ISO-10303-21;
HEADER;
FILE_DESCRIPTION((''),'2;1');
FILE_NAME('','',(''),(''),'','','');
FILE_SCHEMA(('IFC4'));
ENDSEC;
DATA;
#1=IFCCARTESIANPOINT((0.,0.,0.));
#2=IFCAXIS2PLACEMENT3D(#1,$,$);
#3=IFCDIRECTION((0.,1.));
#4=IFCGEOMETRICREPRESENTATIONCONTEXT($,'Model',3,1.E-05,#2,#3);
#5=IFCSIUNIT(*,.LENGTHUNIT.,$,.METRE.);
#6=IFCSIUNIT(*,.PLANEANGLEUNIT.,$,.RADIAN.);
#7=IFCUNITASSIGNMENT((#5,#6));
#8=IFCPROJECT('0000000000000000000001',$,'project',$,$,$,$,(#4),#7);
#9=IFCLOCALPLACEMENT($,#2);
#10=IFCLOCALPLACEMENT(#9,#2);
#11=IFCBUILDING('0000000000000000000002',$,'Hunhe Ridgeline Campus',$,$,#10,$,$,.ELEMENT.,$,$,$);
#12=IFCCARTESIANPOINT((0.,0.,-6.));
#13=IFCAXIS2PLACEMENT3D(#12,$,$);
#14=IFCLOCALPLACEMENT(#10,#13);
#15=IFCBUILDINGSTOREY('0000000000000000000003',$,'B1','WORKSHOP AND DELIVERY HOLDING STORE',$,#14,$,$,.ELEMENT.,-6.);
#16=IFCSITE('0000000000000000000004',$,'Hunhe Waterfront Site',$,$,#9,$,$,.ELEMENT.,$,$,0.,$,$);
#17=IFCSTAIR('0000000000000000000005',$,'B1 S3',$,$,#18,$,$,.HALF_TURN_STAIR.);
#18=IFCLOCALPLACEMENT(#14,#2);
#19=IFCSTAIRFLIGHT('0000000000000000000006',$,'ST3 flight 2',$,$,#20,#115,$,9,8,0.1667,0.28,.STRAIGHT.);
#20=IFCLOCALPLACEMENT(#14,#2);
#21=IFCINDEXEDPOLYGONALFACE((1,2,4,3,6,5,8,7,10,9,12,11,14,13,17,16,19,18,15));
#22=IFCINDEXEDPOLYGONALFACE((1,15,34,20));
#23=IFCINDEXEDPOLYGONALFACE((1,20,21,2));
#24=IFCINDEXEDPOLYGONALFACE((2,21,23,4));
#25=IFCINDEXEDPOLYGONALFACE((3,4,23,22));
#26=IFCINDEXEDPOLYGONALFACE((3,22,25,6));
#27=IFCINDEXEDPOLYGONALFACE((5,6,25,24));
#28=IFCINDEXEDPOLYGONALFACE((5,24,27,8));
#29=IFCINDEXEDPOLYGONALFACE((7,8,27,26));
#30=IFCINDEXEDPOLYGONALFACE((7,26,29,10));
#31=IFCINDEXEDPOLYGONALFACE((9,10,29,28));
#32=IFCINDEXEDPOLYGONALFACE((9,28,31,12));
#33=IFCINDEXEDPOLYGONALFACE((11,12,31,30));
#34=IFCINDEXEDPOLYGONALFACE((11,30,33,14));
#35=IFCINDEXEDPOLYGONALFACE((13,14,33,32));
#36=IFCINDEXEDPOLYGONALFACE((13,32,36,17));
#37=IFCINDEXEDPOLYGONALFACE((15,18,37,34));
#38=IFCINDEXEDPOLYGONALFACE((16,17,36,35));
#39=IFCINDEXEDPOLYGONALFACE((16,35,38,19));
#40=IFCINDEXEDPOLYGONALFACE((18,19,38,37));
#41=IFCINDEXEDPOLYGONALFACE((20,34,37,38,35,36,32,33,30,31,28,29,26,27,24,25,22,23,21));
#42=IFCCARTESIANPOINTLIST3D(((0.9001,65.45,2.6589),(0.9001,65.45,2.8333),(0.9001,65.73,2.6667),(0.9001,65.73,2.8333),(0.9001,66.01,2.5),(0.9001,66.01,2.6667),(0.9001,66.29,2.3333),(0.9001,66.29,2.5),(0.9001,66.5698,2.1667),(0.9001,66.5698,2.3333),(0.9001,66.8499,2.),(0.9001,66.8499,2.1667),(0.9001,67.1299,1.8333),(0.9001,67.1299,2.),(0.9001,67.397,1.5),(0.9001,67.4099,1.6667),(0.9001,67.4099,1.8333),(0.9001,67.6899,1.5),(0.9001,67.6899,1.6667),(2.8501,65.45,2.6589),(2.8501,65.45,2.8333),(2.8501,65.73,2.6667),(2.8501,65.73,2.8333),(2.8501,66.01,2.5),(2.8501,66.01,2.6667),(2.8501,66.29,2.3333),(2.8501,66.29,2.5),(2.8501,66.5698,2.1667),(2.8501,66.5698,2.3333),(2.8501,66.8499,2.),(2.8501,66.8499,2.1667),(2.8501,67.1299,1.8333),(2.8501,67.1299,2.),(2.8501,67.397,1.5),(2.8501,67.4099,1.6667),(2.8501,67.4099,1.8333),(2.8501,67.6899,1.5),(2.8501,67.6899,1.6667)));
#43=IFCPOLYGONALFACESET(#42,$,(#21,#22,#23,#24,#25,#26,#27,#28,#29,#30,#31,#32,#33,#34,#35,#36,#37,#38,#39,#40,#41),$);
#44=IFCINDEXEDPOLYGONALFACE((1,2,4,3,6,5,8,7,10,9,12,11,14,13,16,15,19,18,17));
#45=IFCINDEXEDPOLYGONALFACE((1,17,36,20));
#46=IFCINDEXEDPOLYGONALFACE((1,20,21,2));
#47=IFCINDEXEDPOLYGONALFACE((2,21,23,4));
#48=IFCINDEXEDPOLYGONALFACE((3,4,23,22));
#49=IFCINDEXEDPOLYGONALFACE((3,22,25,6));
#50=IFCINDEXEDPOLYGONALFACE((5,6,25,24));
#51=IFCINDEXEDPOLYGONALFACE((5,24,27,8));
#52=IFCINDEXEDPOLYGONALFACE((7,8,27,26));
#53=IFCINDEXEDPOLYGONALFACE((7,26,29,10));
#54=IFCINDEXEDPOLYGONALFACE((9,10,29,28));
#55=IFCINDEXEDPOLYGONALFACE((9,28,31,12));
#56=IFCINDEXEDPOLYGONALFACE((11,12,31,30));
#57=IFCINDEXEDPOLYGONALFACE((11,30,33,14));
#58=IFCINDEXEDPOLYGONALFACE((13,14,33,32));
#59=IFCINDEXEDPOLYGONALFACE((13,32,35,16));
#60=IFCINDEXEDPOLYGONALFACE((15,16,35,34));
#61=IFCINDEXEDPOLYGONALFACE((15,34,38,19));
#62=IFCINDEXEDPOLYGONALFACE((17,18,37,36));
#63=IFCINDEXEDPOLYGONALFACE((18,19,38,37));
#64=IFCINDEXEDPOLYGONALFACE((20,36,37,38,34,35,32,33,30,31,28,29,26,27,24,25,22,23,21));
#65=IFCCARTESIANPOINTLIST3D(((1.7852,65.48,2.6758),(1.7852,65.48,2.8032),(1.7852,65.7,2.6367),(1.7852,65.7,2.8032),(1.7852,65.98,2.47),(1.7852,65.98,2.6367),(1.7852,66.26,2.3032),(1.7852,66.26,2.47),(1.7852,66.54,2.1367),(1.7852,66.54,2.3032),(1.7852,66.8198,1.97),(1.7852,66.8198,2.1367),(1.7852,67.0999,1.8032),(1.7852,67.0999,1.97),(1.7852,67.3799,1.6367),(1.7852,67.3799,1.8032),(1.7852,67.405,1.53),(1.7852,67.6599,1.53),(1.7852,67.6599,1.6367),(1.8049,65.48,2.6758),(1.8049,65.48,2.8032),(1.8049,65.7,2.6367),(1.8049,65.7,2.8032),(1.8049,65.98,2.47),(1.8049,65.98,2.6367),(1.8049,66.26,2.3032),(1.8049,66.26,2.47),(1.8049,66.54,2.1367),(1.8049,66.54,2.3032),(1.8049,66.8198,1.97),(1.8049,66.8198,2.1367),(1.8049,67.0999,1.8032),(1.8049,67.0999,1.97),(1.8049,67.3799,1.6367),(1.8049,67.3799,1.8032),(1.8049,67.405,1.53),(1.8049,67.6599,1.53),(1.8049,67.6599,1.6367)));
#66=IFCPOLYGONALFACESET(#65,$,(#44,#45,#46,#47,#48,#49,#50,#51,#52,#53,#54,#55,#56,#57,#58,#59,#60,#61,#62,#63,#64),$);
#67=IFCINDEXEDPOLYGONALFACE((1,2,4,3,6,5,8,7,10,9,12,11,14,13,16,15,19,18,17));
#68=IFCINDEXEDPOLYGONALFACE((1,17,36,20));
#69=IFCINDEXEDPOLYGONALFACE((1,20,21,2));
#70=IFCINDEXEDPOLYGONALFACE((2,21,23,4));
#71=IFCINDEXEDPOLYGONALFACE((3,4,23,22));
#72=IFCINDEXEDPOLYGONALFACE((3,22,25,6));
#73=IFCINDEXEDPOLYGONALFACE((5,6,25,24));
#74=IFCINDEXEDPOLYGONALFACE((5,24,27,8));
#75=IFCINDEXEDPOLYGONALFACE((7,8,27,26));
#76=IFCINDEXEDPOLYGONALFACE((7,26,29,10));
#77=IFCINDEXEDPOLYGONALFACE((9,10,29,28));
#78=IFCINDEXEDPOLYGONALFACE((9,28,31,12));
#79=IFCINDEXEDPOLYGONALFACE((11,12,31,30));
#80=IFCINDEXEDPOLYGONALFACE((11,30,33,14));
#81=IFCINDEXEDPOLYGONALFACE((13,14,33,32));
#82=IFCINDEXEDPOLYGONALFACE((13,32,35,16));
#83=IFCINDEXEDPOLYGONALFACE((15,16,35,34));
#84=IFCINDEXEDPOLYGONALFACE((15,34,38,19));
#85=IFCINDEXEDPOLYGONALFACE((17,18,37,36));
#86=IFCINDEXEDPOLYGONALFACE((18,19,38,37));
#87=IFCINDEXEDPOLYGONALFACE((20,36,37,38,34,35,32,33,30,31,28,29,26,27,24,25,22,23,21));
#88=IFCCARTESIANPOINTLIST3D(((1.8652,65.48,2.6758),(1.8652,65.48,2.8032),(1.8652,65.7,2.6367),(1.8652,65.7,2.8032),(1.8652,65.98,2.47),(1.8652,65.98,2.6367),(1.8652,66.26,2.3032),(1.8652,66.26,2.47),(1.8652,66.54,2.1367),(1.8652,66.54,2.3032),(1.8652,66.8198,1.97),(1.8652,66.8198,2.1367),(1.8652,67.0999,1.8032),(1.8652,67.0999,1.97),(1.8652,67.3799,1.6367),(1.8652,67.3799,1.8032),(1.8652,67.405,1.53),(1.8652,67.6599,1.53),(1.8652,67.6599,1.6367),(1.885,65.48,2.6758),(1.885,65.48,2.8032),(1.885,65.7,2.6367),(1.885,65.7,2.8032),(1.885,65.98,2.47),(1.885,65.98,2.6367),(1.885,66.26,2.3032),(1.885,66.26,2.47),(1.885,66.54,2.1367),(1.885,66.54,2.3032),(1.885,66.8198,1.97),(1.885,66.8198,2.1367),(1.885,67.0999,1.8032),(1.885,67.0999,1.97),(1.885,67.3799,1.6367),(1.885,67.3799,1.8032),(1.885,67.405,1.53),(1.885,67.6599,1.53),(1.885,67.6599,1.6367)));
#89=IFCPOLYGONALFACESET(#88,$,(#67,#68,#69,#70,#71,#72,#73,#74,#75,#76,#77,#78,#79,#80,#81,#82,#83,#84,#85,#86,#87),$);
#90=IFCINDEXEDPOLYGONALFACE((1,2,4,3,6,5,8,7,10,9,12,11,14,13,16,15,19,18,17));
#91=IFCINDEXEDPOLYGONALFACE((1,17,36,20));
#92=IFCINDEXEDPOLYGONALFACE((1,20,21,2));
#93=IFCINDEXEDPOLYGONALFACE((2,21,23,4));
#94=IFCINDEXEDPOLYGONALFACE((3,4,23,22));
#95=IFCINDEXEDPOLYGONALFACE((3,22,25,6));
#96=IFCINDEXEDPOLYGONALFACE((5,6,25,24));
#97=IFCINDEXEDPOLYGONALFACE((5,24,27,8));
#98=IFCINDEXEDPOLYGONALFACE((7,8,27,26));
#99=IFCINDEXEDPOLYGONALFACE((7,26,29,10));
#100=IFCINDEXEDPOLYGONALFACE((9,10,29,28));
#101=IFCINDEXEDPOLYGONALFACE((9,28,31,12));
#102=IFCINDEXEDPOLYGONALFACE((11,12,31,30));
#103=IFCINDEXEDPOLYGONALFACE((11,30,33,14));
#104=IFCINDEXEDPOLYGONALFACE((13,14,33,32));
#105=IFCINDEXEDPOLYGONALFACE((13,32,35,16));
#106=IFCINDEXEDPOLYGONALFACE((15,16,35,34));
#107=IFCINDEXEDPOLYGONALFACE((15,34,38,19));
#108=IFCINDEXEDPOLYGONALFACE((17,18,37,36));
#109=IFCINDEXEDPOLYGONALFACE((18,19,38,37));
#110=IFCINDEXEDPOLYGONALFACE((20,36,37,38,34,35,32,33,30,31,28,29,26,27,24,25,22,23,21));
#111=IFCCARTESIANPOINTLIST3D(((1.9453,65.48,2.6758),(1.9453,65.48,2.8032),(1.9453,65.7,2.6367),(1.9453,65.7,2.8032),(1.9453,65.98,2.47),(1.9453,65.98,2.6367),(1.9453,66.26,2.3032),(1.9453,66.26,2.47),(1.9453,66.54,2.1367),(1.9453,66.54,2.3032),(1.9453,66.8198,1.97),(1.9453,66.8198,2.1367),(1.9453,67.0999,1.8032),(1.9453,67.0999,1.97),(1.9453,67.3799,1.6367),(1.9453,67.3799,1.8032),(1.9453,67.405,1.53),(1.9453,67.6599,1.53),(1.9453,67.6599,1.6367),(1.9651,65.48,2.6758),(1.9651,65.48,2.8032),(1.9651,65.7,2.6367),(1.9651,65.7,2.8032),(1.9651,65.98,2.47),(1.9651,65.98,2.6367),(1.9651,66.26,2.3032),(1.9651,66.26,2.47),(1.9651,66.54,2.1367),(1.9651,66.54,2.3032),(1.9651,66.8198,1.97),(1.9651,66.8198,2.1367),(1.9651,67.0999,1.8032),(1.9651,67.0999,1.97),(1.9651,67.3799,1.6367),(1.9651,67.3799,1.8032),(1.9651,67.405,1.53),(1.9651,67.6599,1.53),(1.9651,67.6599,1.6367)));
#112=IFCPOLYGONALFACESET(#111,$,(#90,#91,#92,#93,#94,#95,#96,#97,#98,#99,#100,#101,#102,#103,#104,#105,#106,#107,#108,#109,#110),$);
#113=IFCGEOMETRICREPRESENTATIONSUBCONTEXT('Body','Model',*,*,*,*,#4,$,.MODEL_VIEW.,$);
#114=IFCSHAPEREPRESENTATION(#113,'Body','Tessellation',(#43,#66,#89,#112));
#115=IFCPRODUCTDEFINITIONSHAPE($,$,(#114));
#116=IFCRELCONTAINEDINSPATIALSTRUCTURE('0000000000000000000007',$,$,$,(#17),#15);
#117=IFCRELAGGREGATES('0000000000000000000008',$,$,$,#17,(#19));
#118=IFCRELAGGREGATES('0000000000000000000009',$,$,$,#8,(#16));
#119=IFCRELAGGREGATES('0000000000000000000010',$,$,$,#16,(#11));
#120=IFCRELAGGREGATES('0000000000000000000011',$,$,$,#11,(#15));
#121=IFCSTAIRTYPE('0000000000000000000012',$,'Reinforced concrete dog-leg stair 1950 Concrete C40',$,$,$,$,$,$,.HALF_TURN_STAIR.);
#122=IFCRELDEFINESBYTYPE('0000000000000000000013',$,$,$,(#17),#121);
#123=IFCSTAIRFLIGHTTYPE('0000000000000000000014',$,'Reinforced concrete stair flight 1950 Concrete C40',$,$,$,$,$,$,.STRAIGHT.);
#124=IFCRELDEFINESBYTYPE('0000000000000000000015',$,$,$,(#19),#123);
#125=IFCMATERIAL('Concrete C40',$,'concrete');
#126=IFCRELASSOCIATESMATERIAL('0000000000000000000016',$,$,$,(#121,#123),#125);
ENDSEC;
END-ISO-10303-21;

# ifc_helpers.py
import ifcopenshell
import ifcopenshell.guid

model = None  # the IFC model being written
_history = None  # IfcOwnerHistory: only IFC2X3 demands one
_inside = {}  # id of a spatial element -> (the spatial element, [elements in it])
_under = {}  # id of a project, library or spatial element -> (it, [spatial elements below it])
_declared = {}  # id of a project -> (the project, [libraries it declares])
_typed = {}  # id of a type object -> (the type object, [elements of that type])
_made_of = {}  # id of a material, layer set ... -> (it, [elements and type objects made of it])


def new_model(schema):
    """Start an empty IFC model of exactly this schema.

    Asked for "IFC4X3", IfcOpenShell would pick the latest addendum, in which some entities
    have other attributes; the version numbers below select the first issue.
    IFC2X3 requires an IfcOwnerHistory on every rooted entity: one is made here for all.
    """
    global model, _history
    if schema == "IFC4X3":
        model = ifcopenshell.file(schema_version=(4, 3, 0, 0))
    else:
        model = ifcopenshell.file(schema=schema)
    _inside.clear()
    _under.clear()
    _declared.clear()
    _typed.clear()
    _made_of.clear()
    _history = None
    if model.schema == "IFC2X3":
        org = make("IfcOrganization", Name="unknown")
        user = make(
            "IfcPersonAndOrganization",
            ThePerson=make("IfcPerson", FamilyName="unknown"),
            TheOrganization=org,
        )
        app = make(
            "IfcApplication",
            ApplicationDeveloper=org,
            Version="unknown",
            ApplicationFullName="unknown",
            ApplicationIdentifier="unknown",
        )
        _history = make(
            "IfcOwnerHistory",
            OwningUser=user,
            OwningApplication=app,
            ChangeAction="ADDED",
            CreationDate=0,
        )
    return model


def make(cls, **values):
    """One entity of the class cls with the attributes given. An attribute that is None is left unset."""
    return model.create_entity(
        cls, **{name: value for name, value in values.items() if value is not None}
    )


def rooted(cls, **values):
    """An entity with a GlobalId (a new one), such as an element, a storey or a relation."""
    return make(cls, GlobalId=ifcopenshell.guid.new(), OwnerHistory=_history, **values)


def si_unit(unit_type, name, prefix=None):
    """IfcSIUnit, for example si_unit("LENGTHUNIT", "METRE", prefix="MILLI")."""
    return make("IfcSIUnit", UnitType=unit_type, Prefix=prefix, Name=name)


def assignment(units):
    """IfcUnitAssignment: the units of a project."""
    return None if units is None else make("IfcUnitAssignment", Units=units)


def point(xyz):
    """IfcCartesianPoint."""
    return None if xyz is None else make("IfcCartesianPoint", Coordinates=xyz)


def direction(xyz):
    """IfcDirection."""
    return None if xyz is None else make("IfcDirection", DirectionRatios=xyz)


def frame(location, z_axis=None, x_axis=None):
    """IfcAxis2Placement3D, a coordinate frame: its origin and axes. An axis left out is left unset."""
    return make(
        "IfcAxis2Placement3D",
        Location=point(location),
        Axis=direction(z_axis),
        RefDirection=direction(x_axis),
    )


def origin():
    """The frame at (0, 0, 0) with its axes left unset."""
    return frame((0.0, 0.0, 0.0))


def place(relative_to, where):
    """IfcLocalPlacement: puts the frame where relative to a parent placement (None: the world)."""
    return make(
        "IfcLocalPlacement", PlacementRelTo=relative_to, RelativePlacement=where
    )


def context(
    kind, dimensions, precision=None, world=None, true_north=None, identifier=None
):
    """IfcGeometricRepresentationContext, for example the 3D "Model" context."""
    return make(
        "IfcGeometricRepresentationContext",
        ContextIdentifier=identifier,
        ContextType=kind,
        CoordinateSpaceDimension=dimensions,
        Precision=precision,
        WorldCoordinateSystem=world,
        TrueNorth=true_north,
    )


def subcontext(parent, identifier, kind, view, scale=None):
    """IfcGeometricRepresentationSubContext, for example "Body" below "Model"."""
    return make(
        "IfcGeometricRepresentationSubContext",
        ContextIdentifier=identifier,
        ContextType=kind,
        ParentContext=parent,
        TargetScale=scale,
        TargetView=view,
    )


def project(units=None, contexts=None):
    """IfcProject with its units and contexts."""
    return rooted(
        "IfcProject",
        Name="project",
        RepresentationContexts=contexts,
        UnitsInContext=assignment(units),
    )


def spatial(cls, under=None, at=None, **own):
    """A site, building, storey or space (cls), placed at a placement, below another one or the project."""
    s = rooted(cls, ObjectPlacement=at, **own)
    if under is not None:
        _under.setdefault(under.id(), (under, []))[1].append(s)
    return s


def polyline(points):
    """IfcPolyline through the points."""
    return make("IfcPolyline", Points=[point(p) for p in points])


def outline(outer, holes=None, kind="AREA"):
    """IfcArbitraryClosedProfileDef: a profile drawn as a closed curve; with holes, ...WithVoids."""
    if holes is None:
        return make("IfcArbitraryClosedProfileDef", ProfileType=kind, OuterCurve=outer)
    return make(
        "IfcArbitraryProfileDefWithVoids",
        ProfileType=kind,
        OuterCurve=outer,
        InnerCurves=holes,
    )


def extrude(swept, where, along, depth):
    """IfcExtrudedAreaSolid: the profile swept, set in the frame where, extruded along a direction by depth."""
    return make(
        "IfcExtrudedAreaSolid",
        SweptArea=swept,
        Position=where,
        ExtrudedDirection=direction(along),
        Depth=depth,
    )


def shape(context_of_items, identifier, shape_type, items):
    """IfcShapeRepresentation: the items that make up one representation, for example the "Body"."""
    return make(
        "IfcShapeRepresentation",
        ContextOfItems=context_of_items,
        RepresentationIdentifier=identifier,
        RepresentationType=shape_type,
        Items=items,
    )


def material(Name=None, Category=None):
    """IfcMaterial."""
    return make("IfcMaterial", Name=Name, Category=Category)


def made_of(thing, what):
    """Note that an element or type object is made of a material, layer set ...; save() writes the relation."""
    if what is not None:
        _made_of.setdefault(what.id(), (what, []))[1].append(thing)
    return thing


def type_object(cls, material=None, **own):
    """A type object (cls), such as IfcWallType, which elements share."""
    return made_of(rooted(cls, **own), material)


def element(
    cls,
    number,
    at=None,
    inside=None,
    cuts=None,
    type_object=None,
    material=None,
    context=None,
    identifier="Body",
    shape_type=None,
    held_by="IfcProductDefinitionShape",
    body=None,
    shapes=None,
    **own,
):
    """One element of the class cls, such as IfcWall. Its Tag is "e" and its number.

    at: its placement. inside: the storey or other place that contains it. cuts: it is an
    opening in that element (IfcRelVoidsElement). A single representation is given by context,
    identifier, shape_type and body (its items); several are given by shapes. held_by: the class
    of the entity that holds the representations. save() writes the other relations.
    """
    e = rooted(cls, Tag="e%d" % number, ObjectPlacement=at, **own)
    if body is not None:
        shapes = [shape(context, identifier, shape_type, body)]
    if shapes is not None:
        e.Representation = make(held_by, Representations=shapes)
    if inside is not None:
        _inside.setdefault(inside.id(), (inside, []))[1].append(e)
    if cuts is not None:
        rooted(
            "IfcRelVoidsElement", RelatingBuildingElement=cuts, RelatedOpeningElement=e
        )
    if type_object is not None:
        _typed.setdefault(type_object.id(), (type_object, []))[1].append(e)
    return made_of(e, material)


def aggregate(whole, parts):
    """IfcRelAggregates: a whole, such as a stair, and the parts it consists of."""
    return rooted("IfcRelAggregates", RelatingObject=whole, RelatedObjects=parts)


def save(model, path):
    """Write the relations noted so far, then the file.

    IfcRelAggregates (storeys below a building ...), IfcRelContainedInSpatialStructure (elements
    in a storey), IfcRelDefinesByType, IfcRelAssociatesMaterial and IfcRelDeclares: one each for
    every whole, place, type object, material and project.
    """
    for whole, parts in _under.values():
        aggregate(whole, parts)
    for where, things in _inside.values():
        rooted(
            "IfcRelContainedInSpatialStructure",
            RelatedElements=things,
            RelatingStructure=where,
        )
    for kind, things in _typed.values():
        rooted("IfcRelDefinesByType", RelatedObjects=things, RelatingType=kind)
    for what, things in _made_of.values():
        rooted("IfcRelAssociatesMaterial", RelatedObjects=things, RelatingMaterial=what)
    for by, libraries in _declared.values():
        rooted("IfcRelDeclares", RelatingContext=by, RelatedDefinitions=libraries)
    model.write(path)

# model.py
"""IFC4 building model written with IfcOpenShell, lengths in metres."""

from ifc_helpers import new_model, si_unit, direction, frame, origin, place, context, subcontext, project, spatial, polyline, outline, extrude, material, type_object, element, aggregate, save


model = new_model("IFC4")

# Units and contexts
model_context = context("Model", 3, precision=1e-05, world=origin(), true_north=direction((0.0, 1.0)))
body_context = subcontext(model_context, "Body", "Model", "MODEL_VIEW")
ifc_project = project(units=[si_unit("LENGTHUNIT", "METRE"), si_unit("PLANEANGLEUNIT", "RADIAN")], contexts=[model_context])

# Site, building, storey
site_placement = place(None, origin())
site = spatial("IfcSite", under=ifc_project, at=site_placement, Name="Hunhe Waterfront Site", CompositionType="ELEMENT", RefElevation=0.0)
building_placement = place(site_placement, origin())
building = spatial("IfcBuilding", under=site, at=building_placement, Name="Hunhe Ridgeline Campus", CompositionType="ELEMENT")
storey_placement = place(building_placement, frame((0.0, 0.0, -6.0)))
storey = spatial("IfcBuildingStorey", under=building, at=storey_placement, Name="B1", Description="WORKSHOP AND DELIVERY HOLDING STORE", CompositionType="ELEMENT", Elevation=-6.0)

# Stair, stair flight
ifc_material_1 = material(Name="Concrete C40", Category="concrete")
stair_type = type_object("IfcStairType", Name="Reinforced concrete dog-leg stair 1950 Concrete C40", PredefinedType="HALF_TURN_STAIR", material=ifc_material_1)
stair_1_placement = place(storey_placement, origin())
stair_1 = element("IfcStair", 1, at=stair_1_placement, inside=storey, type_object=stair_type, Name="B1 S3", PredefinedType="HALF_TURN_STAIR")
stair_flight_type = type_object("IfcStairFlightType", Name="Reinforced concrete stair flight 1950 Concrete C40", PredefinedType="STRAIGHT", material=ifc_material_1)
stair_flight_1_placement = place(storey_placement, frame((1.875, 67.6899, 1.5), z_axis=(0.0, 0.0, 1.0), x_axis=(0.0, -1.0, 0.0)))
stair_flight_1 = element("IfcStairFlight", 2, at=stair_flight_1_placement, type_object=stair_flight_type, Name="ST3 flight 2", NumberOfRisers=9, NumberOfTreads=8, PredefinedType="STRAIGHT", RiserHeight=0.1667, TreadLength=0.28, context=body_context, shape_type="SweptSolid", body=[
    extrude(outline(polyline([(0.0, 0.0), (0.0, 0.1667), (0.28, 0.1667), (0.28, 0.3333), (0.5601, 0.3333), (0.5601, 0.5), (0.8401, 0.5), (0.8401, 0.6667), (1.1201, 0.6667), (1.1201, 0.8333), (1.3999, 0.8333), (1.3999, 1.0), (1.6799, 1.0), (1.6799, 1.1667), (1.96, 1.1667), (1.96, 1.3333), (2.24, 1.3333), (2.24, 1.5), (2.24, 1.1589), (0.293, 0.0), (0.0, 0.0)])), frame((0.0, 0.9751, 0.0), z_axis=(0.0, -1.0, 0.0), x_axis=(1.0, 0.0, 0.0)), (0.0, 0.0, 1.0), 1.95),
    extrude(outline(polyline([(0.03, 0.03), (0.03, 0.1367), (0.3101, 0.1367), (0.3101, 0.3032), (0.5901, 0.3032), (0.5901, 0.47), (0.8701, 0.47), (0.8701, 0.6367), (1.1499, 0.6367), (1.1499, 0.8032), (1.4299, 0.8032), (1.4299, 0.97), (1.71, 0.97), (1.71, 1.1367), (1.99, 1.1367), (1.99, 1.3032), (2.21, 1.3032), (2.21, 1.1758), (0.2849, 0.03), (0.03, 0.03)])), frame((0.0, -0.0701, 0.0), z_axis=(0.0, -1.0, 0.0), x_axis=(1.0, 0.0, 0.0)), (0.0, 0.0, 1.0), 0.0198),
    extrude(outline(polyline([(0.03, 0.03), (0.03, 0.1367), (0.3101, 0.1367), (0.3101, 0.3032), (0.5901, 0.3032), (0.5901, 0.47), (0.8701, 0.47), (0.8701, 0.6367), (1.1499, 0.6367), (1.1499, 0.8032), (1.4299, 0.8032), (1.4299, 0.97), (1.71, 0.97), (1.71, 1.1367), (1.99, 1.1367), (1.99, 1.3032), (2.21, 1.3032), (2.21, 1.1758), (0.2849, 0.03), (0.03, 0.03)])), frame((0.0, 0.01, 0.0), z_axis=(0.0, -1.0, 0.0), x_axis=(1.0, 0.0, 0.0)), (0.0, 0.0, 1.0), 0.0198),
    extrude(outline(polyline([(0.03, 0.03), (0.03, 0.1367), (0.3101, 0.1367), (0.3101, 0.3032), (0.5901, 0.3032), (0.5901, 0.47), (0.8701, 0.47), (0.8701, 0.6367), (1.1499, 0.6367), (1.1499, 0.8032), (1.4299, 0.8032), (1.4299, 0.97), (1.71, 0.97), (1.71, 1.1367), (1.99, 1.1367), (1.99, 1.3032), (2.21, 1.3032), (2.21, 1.1758), (0.2849, 0.03), (0.03, 0.03)])), frame((0.0, 0.0901, 0.0), z_axis=(0.0, -1.0, 0.0), x_axis=(1.0, 0.0, 0.0)), (0.0, 0.0, 1.0), 0.0198),
])
aggregate(stair_1, [stair_flight_1])

save(model, "model.ifc")
